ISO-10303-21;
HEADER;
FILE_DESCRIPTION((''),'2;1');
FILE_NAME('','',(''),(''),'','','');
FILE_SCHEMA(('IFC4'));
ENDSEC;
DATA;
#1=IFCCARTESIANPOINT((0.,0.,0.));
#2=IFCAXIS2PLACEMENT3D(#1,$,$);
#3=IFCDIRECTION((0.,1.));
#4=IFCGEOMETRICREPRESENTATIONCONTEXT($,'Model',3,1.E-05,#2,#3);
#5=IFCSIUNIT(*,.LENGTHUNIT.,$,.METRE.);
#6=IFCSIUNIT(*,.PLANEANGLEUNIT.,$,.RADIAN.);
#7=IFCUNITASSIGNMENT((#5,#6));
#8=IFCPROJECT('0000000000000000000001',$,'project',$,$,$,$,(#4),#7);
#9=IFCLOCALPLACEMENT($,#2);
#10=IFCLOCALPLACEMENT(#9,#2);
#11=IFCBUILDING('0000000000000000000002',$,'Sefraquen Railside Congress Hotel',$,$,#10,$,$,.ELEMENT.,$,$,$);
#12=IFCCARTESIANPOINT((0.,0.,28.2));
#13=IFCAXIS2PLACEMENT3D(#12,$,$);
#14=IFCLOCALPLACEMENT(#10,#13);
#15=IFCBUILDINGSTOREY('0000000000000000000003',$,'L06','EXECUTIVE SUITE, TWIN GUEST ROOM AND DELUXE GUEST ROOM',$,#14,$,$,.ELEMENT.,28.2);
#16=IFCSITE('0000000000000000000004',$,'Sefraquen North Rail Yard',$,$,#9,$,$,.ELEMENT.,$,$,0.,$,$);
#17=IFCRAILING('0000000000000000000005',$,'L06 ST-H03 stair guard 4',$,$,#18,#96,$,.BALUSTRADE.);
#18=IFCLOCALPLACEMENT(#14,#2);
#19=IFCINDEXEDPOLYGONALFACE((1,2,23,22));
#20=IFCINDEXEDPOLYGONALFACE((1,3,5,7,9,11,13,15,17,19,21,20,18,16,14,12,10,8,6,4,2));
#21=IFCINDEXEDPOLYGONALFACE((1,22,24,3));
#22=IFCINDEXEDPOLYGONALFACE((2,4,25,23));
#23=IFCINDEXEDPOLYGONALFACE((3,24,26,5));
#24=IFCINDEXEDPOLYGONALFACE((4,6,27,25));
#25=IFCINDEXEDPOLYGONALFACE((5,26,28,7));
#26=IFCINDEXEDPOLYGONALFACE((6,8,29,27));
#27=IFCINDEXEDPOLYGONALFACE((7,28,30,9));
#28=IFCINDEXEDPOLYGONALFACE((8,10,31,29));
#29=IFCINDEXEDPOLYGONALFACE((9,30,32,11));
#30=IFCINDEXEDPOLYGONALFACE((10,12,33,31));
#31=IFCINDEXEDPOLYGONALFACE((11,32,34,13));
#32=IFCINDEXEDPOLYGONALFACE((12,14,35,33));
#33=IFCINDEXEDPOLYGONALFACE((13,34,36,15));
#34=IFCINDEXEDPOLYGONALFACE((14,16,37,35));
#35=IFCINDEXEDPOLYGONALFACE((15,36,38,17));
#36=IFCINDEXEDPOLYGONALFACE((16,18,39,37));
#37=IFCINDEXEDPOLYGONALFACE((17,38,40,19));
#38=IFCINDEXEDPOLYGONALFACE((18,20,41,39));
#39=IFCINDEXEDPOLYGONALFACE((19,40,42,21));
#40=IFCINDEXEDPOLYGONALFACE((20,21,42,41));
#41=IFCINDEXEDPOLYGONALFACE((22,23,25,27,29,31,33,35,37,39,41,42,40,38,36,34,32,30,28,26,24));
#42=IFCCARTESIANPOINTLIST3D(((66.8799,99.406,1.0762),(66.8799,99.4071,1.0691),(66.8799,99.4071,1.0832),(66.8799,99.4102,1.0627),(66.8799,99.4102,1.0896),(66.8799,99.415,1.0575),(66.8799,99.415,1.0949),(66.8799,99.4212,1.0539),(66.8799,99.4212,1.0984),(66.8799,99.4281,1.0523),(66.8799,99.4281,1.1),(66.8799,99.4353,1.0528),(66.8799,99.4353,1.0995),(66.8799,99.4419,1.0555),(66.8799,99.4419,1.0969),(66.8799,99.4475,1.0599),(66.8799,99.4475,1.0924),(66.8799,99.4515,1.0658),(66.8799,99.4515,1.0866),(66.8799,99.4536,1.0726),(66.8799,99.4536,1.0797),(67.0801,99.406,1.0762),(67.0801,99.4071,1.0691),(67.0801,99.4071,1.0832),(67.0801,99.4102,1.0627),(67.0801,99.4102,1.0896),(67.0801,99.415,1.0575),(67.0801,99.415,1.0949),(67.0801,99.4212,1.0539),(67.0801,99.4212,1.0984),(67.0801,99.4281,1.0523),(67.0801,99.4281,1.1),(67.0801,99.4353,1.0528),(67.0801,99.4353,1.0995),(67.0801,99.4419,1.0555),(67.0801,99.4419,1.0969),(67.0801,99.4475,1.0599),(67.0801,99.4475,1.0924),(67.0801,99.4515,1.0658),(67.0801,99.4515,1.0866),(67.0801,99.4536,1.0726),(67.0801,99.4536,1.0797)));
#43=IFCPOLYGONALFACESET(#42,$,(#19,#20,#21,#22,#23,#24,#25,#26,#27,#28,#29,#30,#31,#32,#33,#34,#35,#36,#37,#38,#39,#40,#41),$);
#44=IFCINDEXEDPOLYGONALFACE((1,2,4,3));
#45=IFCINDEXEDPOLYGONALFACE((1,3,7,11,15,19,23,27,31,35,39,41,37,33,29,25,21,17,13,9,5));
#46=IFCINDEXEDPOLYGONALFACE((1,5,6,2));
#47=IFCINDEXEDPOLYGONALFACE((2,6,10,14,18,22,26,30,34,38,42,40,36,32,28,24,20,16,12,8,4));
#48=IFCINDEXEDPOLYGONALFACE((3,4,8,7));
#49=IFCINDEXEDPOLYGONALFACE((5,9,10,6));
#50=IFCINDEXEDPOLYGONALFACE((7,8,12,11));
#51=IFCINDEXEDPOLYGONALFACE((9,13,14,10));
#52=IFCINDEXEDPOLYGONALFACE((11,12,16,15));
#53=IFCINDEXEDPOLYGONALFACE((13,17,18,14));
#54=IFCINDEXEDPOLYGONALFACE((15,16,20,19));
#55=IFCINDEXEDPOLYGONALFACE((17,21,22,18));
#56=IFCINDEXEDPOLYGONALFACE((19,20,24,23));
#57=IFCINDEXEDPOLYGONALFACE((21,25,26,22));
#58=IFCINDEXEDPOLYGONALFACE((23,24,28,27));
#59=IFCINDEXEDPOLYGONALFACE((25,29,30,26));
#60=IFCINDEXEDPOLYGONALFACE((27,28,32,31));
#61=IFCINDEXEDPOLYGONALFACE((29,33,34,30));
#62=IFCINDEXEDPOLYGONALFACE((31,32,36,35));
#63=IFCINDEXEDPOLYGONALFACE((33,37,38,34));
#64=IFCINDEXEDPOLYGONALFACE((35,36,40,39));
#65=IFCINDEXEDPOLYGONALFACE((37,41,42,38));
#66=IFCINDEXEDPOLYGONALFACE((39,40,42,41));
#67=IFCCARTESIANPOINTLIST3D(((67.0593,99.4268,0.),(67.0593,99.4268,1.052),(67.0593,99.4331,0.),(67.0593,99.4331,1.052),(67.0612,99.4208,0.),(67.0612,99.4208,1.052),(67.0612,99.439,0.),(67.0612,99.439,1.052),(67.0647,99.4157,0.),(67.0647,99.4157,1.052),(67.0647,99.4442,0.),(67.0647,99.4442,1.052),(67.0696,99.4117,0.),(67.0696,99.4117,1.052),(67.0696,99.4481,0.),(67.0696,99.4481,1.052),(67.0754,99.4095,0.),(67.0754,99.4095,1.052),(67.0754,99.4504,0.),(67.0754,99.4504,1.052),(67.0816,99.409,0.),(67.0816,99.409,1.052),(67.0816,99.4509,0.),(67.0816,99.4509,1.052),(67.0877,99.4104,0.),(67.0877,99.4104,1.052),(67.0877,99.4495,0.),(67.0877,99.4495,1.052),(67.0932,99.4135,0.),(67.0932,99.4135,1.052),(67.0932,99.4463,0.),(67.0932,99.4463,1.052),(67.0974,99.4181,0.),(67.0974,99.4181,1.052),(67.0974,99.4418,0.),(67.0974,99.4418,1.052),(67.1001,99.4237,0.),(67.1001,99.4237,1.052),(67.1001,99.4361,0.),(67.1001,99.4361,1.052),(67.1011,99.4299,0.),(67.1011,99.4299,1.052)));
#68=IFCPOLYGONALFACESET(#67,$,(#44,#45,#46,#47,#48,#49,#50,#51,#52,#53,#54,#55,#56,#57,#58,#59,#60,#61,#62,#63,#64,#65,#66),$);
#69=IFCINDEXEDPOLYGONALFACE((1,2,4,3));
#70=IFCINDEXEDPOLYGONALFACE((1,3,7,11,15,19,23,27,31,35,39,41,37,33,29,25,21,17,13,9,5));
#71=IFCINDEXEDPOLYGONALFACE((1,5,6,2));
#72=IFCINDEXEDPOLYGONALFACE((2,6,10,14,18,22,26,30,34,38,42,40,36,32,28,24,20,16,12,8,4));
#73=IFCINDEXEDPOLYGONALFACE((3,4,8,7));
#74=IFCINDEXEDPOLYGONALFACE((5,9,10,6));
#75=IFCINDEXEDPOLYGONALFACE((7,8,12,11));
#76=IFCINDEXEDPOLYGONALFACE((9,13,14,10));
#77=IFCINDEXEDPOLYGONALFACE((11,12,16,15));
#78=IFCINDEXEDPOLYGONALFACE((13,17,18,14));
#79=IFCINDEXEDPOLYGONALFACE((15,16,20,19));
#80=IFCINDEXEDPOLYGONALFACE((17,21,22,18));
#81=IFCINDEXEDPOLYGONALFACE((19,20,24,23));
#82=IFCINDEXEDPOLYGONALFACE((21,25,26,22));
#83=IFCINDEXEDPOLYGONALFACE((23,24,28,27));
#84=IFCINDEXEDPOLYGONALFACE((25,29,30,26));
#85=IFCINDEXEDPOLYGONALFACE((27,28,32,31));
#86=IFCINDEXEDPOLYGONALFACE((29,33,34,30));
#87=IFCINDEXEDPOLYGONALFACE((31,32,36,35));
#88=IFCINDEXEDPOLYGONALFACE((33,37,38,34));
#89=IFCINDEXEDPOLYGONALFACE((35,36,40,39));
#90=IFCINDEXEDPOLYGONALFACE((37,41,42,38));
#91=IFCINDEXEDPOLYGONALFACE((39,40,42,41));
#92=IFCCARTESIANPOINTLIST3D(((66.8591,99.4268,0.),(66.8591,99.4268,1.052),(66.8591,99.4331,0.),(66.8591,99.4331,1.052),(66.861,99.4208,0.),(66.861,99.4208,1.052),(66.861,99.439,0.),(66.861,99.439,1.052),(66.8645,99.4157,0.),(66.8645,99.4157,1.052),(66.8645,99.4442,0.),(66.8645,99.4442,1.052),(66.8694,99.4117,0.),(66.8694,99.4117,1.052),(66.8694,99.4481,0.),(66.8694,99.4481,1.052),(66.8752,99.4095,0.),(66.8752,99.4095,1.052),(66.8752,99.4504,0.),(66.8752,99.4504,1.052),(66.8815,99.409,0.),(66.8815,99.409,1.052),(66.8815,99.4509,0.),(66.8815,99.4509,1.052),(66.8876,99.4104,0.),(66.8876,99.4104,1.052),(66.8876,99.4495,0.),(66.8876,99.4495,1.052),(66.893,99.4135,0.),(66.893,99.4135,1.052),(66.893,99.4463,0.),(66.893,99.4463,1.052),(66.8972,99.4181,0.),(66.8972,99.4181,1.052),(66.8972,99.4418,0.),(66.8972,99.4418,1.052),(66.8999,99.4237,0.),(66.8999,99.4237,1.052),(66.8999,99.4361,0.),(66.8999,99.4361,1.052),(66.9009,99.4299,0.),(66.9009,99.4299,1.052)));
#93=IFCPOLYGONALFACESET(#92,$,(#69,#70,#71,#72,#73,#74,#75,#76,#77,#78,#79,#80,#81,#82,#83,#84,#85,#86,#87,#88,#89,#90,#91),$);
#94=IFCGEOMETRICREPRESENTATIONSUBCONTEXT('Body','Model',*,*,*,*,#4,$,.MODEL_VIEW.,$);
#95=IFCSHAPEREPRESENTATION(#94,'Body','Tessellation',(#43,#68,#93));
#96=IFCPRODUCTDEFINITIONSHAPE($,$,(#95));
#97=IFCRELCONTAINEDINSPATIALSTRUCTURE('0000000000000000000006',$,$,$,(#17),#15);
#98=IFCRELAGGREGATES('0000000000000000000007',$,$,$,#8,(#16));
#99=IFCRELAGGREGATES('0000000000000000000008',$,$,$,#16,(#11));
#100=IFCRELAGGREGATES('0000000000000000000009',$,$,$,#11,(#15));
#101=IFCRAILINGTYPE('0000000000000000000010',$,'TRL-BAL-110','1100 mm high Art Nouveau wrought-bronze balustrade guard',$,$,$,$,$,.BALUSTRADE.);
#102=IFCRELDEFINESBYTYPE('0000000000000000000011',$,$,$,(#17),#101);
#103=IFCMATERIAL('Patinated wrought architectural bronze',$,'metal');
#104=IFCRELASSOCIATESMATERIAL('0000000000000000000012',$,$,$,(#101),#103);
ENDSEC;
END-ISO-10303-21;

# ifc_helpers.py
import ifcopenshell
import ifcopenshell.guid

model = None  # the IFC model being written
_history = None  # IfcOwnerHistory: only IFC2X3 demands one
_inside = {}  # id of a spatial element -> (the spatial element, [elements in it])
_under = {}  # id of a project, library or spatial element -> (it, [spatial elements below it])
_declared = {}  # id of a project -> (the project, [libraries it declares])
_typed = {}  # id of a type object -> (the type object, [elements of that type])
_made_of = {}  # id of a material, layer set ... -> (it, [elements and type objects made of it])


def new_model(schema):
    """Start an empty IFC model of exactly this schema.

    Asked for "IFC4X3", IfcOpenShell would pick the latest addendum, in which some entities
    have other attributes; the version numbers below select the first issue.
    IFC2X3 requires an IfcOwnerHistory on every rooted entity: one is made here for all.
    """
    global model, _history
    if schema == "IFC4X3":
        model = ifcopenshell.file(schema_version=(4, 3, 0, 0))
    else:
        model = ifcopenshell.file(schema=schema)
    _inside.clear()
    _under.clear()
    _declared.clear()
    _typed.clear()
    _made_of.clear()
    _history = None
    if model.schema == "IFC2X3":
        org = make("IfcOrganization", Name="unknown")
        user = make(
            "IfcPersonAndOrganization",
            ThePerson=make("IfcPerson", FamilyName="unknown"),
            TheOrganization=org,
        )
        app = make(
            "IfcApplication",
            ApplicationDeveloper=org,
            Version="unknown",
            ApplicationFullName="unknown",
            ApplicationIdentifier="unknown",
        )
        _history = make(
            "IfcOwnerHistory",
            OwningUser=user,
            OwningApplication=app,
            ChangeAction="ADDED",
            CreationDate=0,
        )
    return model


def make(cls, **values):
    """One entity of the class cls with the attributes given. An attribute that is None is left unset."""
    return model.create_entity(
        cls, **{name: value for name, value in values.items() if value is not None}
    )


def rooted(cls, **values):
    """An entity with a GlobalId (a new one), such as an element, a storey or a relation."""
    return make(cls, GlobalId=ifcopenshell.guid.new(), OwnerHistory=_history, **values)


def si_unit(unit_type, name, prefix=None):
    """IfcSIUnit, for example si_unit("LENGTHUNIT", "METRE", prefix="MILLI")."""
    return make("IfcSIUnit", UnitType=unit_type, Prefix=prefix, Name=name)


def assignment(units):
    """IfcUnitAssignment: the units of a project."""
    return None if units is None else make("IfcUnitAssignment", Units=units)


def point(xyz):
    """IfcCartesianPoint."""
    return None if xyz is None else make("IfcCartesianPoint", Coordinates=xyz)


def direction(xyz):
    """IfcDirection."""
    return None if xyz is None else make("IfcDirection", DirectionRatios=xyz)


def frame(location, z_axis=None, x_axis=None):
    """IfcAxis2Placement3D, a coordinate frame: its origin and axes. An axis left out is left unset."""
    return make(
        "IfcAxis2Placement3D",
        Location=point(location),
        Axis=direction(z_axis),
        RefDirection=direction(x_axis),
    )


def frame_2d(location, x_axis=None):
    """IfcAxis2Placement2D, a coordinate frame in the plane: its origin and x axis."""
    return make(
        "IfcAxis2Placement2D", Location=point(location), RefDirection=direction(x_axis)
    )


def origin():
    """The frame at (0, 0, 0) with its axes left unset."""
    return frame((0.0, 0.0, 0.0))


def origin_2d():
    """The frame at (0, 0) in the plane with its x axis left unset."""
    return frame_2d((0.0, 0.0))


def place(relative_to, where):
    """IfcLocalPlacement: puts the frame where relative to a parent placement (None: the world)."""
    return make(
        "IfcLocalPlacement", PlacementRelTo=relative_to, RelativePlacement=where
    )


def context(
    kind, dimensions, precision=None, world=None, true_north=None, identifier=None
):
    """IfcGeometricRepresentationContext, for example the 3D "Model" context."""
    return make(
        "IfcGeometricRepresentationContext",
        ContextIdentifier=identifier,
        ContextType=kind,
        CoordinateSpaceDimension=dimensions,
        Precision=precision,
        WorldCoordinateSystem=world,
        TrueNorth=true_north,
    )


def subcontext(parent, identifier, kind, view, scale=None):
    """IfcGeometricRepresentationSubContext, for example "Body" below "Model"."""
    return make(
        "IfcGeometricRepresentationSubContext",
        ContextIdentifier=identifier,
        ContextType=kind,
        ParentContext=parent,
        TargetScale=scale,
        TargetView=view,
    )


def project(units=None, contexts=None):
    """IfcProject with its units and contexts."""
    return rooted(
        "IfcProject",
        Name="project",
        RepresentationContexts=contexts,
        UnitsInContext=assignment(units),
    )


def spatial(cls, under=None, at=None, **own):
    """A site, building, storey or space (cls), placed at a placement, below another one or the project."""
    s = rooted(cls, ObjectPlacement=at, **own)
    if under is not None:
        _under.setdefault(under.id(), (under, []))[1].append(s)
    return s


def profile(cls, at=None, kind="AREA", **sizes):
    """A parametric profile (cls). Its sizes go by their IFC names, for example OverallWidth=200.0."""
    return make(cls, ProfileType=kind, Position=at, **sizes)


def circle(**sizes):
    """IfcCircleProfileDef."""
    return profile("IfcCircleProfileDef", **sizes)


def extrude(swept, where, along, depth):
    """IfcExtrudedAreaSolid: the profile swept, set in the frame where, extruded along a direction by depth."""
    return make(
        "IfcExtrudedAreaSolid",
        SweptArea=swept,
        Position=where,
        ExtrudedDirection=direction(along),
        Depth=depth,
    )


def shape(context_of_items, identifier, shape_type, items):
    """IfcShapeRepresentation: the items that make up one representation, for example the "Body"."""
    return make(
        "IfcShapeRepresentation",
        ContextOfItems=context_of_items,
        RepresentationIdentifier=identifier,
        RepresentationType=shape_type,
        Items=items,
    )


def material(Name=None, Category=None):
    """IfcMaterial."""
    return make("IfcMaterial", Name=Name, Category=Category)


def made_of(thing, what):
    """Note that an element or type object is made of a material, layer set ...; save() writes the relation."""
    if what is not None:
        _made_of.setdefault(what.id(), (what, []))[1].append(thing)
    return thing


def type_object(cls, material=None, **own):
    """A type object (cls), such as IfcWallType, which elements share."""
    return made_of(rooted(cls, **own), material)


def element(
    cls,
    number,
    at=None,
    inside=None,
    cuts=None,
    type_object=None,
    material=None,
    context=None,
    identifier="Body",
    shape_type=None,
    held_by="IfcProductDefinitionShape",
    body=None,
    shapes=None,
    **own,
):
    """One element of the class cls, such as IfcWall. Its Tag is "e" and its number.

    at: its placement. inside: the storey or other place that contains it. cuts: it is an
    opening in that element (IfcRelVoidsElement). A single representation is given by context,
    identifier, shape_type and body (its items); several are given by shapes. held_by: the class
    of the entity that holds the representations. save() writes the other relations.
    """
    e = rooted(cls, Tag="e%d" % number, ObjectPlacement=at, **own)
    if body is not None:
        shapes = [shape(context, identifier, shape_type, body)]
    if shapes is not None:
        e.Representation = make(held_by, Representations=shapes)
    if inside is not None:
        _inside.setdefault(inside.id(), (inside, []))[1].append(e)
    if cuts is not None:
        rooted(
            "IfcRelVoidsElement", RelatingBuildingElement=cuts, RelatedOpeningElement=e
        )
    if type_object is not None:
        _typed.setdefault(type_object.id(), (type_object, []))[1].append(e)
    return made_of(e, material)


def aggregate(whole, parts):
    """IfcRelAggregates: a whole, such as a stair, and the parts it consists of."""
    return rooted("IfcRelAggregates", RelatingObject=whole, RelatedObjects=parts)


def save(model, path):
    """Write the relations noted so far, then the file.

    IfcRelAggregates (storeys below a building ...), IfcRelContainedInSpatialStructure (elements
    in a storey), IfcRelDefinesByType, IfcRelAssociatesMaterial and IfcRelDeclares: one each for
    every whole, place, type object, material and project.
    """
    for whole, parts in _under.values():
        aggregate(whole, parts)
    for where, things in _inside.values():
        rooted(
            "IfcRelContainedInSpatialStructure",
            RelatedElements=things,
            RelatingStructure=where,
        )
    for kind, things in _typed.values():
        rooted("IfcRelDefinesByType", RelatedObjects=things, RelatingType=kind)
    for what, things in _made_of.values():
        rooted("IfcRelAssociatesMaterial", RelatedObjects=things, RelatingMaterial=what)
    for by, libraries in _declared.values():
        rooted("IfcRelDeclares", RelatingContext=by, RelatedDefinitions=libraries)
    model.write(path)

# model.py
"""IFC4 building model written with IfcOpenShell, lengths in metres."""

from ifc_helpers import new_model, si_unit, direction, frame, origin, origin_2d, place, context, subcontext, project, spatial, circle, extrude, material, type_object, element, save


model = new_model("IFC4")

# Units and contexts
model_context = context("Model", 3, precision=1e-05, world=origin(), true_north=direction((0.0, 1.0)))
body_context = subcontext(model_context, "Body", "Model", "MODEL_VIEW")
ifc_project = project(units=[si_unit("LENGTHUNIT", "METRE"), si_unit("PLANEANGLEUNIT", "RADIAN")], contexts=[model_context])

# Site, building, storey
site_placement = place(None, origin())
site = spatial("IfcSite", under=ifc_project, at=site_placement, Name="Sefraquen North Rail Yard", CompositionType="ELEMENT", RefElevation=0.0)
building_placement = place(site_placement, origin())
building = spatial("IfcBuilding", under=site, at=building_placement, Name="Sefraquen Railside Congress Hotel", CompositionType="ELEMENT")
storey_placement = place(building_placement, frame((0.0, 0.0, 28.2)))
storey = spatial("IfcBuildingStorey", under=building, at=storey_placement, Name="L06", Description="EXECUTIVE SUITE, TWIN GUEST ROOM AND DELUXE GUEST ROOM", CompositionType="ELEMENT", Elevation=28.2)

# Railing
ifc_material_1 = material(Name="Patinated wrought architectural bronze", Category="metal")
railing_type_1 = type_object("IfcRailingType", Name="TRL-BAL-110", Description="1100 mm high Art Nouveau wrought-bronze balustrade guard", PredefinedType="BALUSTRADE", material=ifc_material_1)
railing_1_placement = place(storey_placement, frame((67.0801, 99.4299, 0.0)))
element("IfcRailing", 1, at=railing_1_placement, inside=storey, type_object=railing_type_1, Name="L06 ST-H03 stair guard 4", PredefinedType="BALUSTRADE", context=body_context, shape_type="SweptSolid", body=[
    extrude(circle(Radius=0.0239, at=origin_2d()), frame((0.0, 0.0, 1.0762), z_axis=(-1.0, 0.0, 0.0), x_axis=(0.0, -1.0, 0.0)), (0.0, 0.0, 1.0), 0.2002),
    extrude(circle(Radius=0.021, at=origin_2d()), origin(), (0.0, 0.0, 1.0), 1.052),
    extrude(circle(Radius=0.021, at=origin_2d()), frame((-0.2002, 0.0, 0.0)), (0.0, 0.0, 1.0), 1.052),
])

save(model, "model.ifc")
